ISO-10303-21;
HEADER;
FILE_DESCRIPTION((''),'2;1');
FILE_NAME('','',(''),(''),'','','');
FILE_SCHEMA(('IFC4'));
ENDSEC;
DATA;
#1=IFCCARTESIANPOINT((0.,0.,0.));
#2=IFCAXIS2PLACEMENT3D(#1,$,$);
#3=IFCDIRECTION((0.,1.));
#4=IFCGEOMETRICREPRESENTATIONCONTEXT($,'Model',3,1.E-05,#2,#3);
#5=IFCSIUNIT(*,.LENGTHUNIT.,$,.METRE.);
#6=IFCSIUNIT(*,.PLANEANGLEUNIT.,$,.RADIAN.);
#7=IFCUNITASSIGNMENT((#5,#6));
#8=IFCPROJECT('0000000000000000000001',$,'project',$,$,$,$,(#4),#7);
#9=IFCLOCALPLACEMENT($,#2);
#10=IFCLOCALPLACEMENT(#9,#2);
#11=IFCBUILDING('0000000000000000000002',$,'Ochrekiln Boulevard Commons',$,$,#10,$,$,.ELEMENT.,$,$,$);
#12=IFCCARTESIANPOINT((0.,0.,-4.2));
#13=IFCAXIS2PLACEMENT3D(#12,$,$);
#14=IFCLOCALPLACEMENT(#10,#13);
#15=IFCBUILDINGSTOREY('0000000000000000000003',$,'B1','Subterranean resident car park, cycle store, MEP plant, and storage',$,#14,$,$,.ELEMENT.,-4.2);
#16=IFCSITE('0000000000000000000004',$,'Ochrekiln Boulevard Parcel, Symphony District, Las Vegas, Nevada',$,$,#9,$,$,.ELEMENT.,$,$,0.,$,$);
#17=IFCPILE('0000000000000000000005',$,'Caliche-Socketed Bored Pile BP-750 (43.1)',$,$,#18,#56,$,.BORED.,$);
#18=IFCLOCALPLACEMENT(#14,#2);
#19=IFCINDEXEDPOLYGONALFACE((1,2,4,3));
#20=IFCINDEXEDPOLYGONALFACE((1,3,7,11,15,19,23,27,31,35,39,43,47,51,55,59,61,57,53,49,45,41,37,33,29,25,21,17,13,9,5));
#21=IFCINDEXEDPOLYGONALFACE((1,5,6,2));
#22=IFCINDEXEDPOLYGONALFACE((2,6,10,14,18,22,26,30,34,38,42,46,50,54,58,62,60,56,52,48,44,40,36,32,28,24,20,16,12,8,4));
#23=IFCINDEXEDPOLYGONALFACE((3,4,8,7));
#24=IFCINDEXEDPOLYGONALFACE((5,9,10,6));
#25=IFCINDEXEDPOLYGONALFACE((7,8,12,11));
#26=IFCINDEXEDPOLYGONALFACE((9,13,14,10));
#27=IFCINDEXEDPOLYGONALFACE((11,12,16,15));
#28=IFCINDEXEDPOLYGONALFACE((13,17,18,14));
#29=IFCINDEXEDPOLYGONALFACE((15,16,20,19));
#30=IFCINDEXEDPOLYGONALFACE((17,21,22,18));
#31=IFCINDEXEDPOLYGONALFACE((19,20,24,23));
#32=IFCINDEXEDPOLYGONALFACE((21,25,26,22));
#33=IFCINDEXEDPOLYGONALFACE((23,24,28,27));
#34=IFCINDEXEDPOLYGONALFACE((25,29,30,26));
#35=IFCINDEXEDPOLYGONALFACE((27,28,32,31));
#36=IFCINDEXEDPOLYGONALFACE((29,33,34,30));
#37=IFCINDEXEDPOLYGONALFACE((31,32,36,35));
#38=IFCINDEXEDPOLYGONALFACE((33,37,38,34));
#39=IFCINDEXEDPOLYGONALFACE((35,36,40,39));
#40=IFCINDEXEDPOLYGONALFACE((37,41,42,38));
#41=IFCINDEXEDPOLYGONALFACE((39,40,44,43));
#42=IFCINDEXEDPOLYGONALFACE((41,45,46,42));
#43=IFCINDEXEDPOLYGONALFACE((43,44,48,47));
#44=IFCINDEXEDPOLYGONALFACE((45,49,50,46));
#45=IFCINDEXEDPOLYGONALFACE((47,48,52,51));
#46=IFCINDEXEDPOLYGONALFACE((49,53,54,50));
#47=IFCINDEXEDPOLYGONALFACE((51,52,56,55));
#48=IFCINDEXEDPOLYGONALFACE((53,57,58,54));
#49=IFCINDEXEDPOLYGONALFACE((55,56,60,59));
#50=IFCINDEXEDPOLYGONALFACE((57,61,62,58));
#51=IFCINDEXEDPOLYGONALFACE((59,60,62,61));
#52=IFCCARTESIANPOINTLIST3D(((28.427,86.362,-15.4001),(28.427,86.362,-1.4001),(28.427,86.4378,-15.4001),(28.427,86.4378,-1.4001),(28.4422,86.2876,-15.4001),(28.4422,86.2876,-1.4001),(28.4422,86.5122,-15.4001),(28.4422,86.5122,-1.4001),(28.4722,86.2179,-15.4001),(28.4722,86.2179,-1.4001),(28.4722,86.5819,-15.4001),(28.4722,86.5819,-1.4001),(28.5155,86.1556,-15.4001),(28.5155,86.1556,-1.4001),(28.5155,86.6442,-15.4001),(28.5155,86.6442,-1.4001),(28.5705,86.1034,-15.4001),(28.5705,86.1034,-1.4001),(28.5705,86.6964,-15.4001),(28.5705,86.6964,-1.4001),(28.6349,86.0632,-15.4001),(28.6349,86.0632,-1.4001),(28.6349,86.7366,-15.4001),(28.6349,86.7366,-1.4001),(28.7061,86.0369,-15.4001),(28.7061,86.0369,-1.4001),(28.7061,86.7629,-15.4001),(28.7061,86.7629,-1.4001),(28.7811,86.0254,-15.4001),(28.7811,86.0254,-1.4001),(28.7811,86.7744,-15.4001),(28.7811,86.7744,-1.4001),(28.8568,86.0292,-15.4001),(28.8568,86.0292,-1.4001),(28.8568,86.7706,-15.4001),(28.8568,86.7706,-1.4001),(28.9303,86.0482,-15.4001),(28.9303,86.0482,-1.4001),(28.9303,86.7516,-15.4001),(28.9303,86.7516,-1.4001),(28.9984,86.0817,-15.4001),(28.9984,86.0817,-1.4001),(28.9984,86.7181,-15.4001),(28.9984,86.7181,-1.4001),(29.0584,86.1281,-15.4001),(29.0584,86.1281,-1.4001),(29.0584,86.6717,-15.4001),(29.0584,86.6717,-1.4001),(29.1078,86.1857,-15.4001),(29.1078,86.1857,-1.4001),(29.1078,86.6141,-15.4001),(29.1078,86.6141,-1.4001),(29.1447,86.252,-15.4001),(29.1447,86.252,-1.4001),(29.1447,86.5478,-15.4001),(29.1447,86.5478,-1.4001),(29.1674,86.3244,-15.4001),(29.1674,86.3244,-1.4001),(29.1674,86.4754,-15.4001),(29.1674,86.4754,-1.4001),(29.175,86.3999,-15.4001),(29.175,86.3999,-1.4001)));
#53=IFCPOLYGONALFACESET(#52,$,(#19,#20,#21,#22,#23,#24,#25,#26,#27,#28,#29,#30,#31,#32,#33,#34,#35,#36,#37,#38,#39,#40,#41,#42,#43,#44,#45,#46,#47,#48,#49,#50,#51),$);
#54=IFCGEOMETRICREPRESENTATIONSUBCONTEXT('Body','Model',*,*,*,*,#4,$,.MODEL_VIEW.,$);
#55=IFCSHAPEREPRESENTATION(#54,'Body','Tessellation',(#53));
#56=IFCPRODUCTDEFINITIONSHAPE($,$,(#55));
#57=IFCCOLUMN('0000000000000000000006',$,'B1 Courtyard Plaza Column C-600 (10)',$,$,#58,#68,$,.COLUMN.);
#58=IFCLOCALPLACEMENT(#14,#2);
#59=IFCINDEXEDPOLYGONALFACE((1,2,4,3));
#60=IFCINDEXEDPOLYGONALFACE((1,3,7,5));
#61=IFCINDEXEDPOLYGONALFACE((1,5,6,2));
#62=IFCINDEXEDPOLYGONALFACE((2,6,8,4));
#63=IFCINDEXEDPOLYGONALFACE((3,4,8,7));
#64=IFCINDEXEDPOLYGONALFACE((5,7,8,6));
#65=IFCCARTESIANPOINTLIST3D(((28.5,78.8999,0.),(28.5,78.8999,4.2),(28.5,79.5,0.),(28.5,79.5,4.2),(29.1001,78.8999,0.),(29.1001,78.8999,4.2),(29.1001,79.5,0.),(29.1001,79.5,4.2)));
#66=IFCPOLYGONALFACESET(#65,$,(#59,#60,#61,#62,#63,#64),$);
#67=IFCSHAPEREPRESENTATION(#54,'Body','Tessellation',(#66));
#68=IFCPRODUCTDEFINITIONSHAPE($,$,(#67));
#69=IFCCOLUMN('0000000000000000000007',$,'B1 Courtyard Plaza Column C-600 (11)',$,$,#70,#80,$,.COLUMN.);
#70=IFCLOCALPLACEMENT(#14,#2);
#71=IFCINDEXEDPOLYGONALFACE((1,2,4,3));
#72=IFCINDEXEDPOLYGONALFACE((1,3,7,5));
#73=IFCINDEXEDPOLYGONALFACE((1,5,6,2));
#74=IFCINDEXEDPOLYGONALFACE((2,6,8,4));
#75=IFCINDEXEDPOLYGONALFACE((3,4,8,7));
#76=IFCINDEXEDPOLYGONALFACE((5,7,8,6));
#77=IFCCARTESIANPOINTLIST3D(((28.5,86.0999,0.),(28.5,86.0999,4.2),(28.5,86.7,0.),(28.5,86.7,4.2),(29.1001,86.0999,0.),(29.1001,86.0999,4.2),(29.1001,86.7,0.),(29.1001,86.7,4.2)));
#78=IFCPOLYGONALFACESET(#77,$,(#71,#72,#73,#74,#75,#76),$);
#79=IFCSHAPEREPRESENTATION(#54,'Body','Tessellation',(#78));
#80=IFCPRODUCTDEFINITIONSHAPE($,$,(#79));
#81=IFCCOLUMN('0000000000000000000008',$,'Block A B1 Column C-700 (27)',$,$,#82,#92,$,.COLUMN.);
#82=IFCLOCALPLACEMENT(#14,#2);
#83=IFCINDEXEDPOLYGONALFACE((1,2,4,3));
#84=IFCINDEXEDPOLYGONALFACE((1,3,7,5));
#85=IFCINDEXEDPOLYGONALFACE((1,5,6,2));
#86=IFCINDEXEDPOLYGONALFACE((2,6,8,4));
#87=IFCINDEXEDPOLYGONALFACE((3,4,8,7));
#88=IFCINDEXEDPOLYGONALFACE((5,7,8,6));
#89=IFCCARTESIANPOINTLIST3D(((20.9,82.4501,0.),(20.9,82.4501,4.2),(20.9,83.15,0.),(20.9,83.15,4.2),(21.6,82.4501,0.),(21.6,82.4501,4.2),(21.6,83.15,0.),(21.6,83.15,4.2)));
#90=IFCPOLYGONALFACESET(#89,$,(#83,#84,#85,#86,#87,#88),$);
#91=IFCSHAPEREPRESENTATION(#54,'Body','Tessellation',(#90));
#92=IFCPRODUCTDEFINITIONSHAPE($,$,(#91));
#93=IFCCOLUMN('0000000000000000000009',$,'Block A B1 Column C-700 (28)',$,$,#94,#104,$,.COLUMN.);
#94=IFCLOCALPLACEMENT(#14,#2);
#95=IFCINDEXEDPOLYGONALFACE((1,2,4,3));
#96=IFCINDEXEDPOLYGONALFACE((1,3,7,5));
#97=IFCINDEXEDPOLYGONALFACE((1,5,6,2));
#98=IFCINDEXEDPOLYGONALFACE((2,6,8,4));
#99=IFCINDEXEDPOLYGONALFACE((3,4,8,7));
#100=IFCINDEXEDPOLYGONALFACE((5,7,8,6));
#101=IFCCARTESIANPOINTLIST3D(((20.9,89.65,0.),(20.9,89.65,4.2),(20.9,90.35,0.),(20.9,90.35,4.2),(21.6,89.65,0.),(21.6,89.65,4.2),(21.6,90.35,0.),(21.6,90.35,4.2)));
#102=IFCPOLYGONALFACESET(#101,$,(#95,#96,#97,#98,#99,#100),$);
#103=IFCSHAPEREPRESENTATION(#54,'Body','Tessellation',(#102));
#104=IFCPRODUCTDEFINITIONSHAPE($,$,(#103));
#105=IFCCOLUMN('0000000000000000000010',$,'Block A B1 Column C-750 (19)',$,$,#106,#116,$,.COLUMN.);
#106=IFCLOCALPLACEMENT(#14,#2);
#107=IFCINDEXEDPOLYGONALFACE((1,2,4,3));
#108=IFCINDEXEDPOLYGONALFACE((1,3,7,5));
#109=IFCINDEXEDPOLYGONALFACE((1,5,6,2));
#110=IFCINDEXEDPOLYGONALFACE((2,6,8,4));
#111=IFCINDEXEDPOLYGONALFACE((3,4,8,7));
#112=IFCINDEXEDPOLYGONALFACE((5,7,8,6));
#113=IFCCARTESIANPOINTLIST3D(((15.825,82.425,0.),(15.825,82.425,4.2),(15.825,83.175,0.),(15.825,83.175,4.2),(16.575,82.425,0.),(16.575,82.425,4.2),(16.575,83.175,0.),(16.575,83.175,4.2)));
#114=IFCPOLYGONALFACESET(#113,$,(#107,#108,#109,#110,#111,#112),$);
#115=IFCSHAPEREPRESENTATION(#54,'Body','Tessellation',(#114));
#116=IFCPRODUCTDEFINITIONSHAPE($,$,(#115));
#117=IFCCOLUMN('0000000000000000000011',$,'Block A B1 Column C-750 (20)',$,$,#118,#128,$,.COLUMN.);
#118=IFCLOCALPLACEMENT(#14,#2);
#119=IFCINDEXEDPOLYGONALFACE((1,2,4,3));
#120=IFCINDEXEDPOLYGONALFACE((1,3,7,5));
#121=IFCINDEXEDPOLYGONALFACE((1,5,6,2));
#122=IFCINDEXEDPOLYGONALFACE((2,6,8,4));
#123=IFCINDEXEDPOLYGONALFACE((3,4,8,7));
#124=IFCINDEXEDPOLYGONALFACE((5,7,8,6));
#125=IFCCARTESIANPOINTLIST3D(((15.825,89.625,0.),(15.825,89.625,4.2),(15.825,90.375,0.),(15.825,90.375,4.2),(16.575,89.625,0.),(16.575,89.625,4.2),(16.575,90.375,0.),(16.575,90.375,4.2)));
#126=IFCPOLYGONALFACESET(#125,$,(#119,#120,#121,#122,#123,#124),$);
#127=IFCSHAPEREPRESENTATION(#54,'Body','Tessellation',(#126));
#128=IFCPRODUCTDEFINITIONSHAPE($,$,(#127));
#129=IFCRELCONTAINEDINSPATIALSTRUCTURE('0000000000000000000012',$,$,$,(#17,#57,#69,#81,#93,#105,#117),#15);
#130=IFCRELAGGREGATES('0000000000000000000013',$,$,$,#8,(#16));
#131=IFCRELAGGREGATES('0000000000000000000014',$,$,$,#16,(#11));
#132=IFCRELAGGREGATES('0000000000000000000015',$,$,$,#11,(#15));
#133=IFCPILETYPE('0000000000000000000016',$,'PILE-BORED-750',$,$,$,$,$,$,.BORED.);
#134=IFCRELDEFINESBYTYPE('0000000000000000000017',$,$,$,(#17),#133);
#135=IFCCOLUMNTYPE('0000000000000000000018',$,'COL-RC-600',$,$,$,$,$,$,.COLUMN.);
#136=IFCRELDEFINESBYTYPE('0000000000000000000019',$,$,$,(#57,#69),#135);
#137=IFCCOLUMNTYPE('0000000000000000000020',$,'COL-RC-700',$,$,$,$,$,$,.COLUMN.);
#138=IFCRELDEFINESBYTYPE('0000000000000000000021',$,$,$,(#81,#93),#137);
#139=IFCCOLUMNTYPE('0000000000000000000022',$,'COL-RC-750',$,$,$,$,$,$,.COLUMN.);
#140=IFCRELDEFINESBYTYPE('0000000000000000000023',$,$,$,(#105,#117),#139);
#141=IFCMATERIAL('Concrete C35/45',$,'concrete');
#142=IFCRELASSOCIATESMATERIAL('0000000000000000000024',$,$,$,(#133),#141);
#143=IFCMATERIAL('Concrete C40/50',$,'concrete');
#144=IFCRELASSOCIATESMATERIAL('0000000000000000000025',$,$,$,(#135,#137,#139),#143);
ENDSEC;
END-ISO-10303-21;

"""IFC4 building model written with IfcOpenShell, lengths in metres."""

from ifc_helpers import new_model, si_unit, direction, frame, origin, origin_2d, place, context, subcontext, project, spatial, rectangle, circle, extrude, material, material_profile, profile_set, type_object, element, save


model = new_model("IFC4")

# Units and contexts
model_context = context("Model", 3, precision=1e-05, world=origin(), true_north=direction((0.0, 1.0)))
body_context = subcontext(model_context, "Body", "Model", "MODEL_VIEW")
ifc_project = project(units=[si_unit("LENGTHUNIT", "METRE"), si_unit("PLANEANGLEUNIT", "RADIAN")], contexts=[model_context])

# Site, building, storey
site_placement = place(None, origin())
site = spatial("IfcSite", under=ifc_project, at=site_placement, Name="Ochrekiln Boulevard Parcel, Symphony District, Las Vegas, Nevada", CompositionType="ELEMENT", RefElevation=0.0)
building_placement = place(site_placement, origin())
building = spatial("IfcBuilding", under=site, at=building_placement, Name="Ochrekiln Boulevard Commons", CompositionType="ELEMENT")
storey_placement = place(building_placement, frame((0.0, 0.0, -4.2)))
storey = spatial("IfcBuildingStorey", under=building, at=storey_placement, Name="B1", Description="Subterranean resident car park, cycle store, MEP plant, and storage", CompositionType="ELEMENT", Elevation=-4.2)

# Shared definitions
ifc_material_1 = material(Name="Concrete C35/45", Category="concrete")

# Pile
ifc_material_profile_1 = material_profile(ifc_material_1, circle(Radius=0.375, at=origin_2d()), Name="PILE-D750")
ifc_profile_set_1 = profile_set([ifc_material_profile_1], Name="Concrete C35/45")
pile_type_1 = type_object("IfcPileType", Name="PILE-BORED-750", PredefinedType="BORED", material=ifc_profile_set_1)
for number, where, z_axis, x_axis, name in (
    (1, (28.8, 86.3999, -1.4001), (0.0, 0.0, -1.0), (1.0, 0.0, 0.0), "Caliche-Socketed Bored Pile BP-750 (43.1)"),
):
    element("IfcPile", number, at=place(storey_placement, frame(where, z_axis=z_axis, x_axis=x_axis)), inside=storey, type_object=pile_type_1, Name=name, PredefinedType="BORED", context=body_context, shape_type="SweptSolid", body=[
        extrude(circle(Radius=0.375, at=origin_2d()), origin(), (0.0, 0.0, 1.0), 14.0),
    ])

# Columns
ifc_material_2 = material(Name="Concrete C40/50", Category="concrete")
ifc_material_profile_2 = material_profile(ifc_material_2, rectangle(XDim=0.6001, YDim=0.6001, at=origin_2d()), Name="RC-COL-600x600")
ifc_profile_set_2 = profile_set([ifc_material_profile_2], Name="Concrete C40/50")
column_type_1 = type_object("IfcColumnType", Name="COL-RC-600", PredefinedType="COLUMN", material=ifc_profile_set_2)
for number, where, z_axis, x_axis, name in (
    (2, (28.8, 79.2, 0.0), (0.0, 0.0, 1.0), (1.0, 0.0, 0.0), "B1 Courtyard Plaza Column C-600 (10)"),
    (3, (28.8, 86.3999, 0.0), (0.0, 0.0, 1.0), (1.0, 0.0, 0.0), "B1 Courtyard Plaza Column C-600 (11)"),
):
    element("IfcColumn", number, at=place(storey_placement, frame(where, z_axis=z_axis, x_axis=x_axis)), inside=storey, type_object=column_type_1, Name=name, PredefinedType="COLUMN", context=body_context, shape_type="SweptSolid", body=[
        extrude(rectangle(XDim=0.6001, YDim=0.6001, at=origin_2d()), origin(), (0.0, 0.0, 1.0), 4.2),
    ])
ifc_material_profile_3 = material_profile(ifc_material_2, rectangle(XDim=0.7, YDim=0.7, at=origin_2d()), Name="RC-COL-700x700")
ifc_profile_set_3 = profile_set([ifc_material_profile_3], Name="Concrete C40/50")
column_type_2 = type_object("IfcColumnType", Name="COL-RC-700", PredefinedType="COLUMN", material=ifc_profile_set_3)
for number, where, z_axis, x_axis, name in (
    (4, (21.25, 82.8, 0.0), (0.0, 0.0, 1.0), (1.0, 0.0, 0.0), "Block A B1 Column C-700 (27)"),
    (5, (21.25, 90.0, 0.0), (0.0, 0.0, 1.0), (1.0, 0.0, 0.0), "Block A B1 Column C-700 (28)"),
):
    element("IfcColumn", number, at=place(storey_placement, frame(where, z_axis=z_axis, x_axis=x_axis)), inside=storey, type_object=column_type_2, Name=name, PredefinedType="COLUMN", context=body_context, shape_type="SweptSolid", body=[
        extrude(rectangle(XDim=0.7, YDim=0.7, at=origin_2d()), origin(), (0.0, 0.0, 1.0), 4.2),
    ])
ifc_material_profile_4 = material_profile(ifc_material_2, rectangle(XDim=0.75, YDim=0.75, at=origin_2d()), Name="RC-COL-750x750")
ifc_profile_set_4 = profile_set([ifc_material_profile_4], Name="Concrete C40/50")
column_type_3 = type_object("IfcColumnType", Name="COL-RC-750", PredefinedType="COLUMN", material=ifc_profile_set_4)
for number, where, z_axis, x_axis, name in (
    (6, (16.2, 82.8, 0.0), (0.0, 0.0, 1.0), (1.0, 0.0, 0.0), "Block A B1 Column C-750 (19)"),
    (7, (16.2, 90.0, 0.0), (0.0, 0.0, 1.0), (1.0, 0.0, 0.0), "Block A B1 Column C-750 (20)"),
):
    element("IfcColumn", number, at=place(storey_placement, frame(where, z_axis=z_axis, x_axis=x_axis)), inside=storey, type_object=column_type_3, Name=name, PredefinedType="COLUMN", context=body_context, shape_type="SweptSolid", body=[
        extrude(rectangle(XDim=0.75, YDim=0.75, at=origin_2d()), origin(), (0.0, 0.0, 1.0), 4.2),
    ])

save(model, "model.ifc")
